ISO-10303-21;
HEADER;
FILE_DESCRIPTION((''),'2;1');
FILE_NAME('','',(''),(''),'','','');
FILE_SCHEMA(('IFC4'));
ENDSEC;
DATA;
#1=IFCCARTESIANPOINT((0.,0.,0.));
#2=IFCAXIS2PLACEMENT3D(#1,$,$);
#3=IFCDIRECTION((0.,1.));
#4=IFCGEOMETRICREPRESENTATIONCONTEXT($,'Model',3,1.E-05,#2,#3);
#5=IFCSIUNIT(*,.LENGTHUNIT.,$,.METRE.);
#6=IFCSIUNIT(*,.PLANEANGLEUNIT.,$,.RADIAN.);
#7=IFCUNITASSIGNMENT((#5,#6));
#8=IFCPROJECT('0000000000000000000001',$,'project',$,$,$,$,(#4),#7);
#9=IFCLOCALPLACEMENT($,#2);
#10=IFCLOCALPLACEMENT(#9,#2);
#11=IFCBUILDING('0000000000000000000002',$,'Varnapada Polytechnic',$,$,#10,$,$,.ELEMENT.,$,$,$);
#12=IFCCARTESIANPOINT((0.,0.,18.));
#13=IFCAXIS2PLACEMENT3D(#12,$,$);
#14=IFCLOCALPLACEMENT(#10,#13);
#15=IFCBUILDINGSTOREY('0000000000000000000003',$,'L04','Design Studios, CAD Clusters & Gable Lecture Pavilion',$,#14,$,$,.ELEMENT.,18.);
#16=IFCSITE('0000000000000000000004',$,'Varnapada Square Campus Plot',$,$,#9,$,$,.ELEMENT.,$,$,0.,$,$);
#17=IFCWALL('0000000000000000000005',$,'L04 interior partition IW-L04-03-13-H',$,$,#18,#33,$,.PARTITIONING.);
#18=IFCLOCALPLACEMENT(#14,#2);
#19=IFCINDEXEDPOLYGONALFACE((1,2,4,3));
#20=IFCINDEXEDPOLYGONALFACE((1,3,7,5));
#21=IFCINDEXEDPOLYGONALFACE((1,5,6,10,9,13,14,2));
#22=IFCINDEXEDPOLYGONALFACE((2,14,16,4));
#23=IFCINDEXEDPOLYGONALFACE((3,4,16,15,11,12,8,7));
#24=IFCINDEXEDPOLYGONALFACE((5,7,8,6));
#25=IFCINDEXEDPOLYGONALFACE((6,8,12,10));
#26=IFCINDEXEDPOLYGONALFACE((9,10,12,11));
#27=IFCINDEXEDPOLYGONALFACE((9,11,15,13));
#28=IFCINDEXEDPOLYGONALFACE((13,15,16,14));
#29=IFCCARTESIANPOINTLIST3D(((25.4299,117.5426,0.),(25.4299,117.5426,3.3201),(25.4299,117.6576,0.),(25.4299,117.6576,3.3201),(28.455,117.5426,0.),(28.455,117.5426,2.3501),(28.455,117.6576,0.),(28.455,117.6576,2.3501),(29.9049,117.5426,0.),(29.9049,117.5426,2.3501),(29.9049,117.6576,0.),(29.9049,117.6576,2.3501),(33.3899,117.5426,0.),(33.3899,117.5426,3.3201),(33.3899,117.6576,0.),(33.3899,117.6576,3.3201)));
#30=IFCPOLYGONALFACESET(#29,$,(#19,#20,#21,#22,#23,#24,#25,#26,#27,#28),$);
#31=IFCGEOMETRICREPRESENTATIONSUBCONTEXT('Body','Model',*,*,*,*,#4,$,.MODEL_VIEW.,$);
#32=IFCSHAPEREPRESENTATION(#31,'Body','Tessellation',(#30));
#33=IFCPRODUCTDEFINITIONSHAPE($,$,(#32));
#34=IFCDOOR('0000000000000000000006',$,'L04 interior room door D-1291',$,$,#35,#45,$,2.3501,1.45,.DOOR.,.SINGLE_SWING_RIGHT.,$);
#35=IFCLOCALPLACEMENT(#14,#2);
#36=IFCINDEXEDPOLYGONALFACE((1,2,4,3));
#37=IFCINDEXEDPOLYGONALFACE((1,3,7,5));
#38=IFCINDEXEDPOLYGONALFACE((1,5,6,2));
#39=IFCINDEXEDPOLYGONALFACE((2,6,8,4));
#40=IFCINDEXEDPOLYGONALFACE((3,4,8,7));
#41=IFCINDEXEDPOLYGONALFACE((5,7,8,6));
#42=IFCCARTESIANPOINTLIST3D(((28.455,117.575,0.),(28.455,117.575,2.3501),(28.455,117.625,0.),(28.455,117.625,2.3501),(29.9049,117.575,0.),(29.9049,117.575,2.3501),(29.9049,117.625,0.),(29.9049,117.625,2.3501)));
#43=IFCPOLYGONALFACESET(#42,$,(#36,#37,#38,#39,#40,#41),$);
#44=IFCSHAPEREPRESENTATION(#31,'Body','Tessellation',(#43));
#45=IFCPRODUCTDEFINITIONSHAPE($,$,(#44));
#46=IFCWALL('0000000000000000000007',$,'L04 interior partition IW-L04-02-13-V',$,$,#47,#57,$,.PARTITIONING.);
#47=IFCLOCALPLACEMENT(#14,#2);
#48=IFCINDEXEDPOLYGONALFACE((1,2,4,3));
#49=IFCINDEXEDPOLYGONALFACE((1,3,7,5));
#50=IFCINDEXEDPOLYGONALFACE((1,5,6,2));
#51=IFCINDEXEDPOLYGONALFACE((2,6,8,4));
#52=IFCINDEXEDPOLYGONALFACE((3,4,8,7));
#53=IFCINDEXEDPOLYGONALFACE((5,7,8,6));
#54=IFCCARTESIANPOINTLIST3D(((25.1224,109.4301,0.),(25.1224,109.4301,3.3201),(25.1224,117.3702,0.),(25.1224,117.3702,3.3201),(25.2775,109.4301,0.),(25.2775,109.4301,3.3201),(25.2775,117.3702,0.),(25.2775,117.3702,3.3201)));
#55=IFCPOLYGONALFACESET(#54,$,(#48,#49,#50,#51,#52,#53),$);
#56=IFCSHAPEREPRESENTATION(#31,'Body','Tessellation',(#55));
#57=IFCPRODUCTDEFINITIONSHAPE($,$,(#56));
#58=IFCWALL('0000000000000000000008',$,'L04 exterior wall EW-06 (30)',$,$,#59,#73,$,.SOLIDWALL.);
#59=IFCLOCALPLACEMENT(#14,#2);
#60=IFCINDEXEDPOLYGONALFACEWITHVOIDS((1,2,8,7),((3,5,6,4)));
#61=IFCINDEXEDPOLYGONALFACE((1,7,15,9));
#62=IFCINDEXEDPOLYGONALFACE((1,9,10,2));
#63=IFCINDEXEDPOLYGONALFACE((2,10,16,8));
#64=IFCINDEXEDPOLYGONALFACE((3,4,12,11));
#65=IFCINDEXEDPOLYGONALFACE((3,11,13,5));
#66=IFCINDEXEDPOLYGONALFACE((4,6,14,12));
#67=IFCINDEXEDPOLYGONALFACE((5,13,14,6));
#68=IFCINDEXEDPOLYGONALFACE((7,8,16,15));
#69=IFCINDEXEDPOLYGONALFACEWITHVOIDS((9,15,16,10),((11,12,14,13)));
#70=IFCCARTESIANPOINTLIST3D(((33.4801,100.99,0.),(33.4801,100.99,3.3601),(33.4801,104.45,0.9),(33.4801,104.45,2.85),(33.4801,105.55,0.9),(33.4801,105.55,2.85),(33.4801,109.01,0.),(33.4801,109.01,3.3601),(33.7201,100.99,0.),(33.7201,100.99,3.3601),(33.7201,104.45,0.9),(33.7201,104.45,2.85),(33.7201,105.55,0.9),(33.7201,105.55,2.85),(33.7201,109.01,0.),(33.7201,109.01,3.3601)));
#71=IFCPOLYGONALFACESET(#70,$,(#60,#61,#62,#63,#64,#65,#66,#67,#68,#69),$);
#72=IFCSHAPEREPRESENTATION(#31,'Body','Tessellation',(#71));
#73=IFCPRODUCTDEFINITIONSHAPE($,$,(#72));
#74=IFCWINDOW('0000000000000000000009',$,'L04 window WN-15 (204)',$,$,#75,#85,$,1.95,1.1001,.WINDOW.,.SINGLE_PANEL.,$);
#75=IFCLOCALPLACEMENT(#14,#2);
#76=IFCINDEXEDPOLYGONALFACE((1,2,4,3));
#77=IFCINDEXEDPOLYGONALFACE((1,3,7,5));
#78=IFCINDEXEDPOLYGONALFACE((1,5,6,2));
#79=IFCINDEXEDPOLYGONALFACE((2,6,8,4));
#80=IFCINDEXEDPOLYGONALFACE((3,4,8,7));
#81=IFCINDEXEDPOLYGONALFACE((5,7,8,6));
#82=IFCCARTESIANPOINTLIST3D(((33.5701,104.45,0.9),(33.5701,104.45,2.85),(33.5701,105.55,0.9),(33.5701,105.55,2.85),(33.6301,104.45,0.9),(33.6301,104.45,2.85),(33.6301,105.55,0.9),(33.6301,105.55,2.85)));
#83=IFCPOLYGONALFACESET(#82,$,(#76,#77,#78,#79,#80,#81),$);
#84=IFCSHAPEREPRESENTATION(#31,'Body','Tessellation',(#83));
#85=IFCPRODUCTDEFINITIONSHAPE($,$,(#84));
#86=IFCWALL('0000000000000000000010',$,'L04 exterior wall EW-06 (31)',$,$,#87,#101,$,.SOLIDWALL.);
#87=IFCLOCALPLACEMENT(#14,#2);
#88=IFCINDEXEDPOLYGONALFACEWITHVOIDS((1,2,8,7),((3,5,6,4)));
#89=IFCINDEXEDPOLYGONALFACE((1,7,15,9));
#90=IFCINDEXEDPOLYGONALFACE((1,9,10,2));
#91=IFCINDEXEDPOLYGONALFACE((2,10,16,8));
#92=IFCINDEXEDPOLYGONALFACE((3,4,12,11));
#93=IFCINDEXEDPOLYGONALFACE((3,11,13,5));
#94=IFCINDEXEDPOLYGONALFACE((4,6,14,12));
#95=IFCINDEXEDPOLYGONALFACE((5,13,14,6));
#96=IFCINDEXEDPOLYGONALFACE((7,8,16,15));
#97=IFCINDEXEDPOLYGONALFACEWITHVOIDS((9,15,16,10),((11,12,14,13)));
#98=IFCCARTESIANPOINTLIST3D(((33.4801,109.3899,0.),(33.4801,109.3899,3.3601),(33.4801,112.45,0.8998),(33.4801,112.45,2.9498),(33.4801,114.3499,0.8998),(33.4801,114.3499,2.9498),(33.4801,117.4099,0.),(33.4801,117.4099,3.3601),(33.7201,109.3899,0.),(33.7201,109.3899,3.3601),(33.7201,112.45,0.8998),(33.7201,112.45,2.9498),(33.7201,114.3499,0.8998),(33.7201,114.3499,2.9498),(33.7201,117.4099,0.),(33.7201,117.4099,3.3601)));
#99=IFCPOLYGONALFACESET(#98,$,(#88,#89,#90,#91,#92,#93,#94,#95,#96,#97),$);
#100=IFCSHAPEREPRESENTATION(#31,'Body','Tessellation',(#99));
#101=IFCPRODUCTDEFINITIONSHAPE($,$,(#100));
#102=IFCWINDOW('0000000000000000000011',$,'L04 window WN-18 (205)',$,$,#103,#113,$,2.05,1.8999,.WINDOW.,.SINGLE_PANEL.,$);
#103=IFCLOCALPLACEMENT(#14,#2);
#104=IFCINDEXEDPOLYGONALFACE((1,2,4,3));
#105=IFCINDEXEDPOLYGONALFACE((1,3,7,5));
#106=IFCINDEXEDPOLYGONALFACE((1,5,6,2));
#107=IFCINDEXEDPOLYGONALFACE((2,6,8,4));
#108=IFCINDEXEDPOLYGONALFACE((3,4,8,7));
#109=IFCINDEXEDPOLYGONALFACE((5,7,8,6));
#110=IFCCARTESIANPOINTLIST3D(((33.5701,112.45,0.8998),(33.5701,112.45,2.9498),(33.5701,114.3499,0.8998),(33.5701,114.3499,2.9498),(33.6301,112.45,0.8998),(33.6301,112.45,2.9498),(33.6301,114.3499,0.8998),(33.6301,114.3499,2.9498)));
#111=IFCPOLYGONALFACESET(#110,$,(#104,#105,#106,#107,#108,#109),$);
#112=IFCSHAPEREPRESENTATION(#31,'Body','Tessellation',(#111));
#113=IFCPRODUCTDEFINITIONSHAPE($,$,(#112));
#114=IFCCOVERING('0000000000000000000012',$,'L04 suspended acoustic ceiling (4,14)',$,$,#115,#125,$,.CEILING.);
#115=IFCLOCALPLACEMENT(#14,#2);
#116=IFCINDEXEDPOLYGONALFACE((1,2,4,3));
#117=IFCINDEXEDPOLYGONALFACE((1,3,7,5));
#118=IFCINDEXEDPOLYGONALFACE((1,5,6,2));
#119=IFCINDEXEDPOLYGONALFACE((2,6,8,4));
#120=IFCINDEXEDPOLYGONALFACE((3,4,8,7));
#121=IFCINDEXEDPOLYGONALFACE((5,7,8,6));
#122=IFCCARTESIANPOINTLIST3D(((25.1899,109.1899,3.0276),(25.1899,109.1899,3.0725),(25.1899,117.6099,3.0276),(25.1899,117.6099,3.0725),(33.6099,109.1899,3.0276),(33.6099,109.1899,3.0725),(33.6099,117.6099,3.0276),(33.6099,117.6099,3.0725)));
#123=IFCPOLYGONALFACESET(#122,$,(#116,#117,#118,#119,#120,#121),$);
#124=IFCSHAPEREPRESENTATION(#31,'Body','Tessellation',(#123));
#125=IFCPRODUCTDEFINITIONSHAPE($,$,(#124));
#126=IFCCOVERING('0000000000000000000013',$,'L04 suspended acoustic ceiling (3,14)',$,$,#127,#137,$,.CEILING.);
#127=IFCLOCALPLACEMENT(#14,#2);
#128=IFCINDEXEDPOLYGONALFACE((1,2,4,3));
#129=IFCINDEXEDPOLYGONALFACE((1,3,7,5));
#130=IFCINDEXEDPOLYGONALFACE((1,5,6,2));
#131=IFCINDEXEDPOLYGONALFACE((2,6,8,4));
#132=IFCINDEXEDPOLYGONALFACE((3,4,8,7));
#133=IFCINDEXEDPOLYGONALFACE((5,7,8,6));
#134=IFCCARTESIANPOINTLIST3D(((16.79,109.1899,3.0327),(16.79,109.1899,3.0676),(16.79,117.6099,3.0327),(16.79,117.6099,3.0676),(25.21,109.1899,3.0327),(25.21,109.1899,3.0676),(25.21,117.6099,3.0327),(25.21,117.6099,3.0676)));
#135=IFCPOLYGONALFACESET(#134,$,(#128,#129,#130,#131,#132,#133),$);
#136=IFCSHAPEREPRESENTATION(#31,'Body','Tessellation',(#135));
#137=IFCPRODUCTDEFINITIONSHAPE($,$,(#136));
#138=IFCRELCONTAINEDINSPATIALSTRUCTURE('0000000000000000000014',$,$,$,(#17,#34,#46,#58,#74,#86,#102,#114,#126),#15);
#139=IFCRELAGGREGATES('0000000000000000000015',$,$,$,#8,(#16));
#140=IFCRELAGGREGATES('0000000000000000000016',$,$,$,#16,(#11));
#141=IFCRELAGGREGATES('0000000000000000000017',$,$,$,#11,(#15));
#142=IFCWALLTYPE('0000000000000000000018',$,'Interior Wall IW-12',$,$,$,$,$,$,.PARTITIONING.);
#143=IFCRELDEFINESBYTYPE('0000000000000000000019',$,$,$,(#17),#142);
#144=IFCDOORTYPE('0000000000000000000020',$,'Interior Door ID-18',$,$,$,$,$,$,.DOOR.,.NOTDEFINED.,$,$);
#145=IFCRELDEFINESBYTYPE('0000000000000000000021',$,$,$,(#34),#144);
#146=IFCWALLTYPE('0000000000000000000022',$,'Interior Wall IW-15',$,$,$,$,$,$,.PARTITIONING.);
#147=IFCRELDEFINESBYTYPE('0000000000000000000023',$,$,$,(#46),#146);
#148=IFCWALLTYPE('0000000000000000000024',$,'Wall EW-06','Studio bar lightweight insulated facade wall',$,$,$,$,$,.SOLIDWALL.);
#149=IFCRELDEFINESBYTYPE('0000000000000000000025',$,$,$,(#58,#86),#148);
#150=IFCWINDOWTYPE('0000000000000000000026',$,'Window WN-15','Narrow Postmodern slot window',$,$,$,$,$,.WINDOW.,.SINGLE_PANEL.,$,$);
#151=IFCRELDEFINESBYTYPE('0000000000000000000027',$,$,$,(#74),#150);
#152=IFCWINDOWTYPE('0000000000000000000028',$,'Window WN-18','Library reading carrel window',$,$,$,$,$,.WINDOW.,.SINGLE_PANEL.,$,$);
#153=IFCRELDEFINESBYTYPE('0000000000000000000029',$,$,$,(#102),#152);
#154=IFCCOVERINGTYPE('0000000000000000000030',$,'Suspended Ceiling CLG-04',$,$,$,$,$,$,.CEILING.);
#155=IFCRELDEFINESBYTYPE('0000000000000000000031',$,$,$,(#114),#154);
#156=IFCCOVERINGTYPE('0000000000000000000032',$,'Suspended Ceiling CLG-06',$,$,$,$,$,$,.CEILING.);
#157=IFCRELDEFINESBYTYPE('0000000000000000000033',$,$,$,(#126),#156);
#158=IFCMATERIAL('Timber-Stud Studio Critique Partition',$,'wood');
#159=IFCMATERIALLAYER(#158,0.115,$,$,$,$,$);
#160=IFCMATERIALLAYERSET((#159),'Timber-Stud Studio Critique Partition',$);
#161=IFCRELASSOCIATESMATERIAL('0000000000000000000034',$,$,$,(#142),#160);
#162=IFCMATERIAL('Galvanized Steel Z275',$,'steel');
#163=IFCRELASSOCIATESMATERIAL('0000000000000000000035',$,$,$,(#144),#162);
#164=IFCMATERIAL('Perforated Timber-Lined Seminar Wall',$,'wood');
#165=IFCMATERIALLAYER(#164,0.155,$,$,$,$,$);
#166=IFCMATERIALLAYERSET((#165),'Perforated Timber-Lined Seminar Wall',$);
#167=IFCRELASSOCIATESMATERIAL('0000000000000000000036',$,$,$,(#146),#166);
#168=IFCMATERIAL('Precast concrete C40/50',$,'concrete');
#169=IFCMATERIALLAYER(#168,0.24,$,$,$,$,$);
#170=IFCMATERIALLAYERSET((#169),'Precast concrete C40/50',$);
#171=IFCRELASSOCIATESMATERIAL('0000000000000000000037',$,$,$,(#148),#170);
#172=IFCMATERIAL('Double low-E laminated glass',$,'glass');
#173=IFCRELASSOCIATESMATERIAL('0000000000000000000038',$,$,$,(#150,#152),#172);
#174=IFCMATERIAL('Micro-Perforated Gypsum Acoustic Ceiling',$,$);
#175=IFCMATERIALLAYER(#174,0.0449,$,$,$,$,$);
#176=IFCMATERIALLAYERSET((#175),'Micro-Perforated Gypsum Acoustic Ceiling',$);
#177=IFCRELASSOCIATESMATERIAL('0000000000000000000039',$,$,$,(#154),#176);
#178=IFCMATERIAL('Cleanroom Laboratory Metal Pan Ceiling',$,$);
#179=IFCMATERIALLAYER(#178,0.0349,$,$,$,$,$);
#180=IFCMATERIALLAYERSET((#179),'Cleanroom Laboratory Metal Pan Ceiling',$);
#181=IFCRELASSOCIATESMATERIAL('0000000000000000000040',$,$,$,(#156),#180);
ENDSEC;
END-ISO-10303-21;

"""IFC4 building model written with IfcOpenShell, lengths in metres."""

from ifc_helpers import new_model, si_unit, direction, frame, frame_2d, origin, origin_2d, place, context, subcontext, project, spatial, rectangle, extrude, material, layer, layer_set, type_object, element, fill, save


model = new_model("IFC4")

# Units and contexts
model_context = context("Model", 3, precision=1e-05, world=origin(), true_north=direction((0.0, 1.0)))
body_context = subcontext(model_context, "Body", "Model", "MODEL_VIEW")
ifc_project = project(units=[si_unit("LENGTHUNIT", "METRE"), si_unit("PLANEANGLEUNIT", "RADIAN")], contexts=[model_context])

# Site, building, storey
site_placement = place(None, origin())
site = spatial("IfcSite", under=ifc_project, at=site_placement, Name="Varnapada Square Campus Plot", CompositionType="ELEMENT", RefElevation=0.0)
building_placement = place(site_placement, origin())
building = spatial("IfcBuilding", under=site, at=building_placement, Name="Varnapada Polytechnic", CompositionType="ELEMENT")
storey_placement = place(building_placement, frame((0.0, 0.0, 18.0)))
storey = spatial("IfcBuildingStorey", under=building, at=storey_placement, Name="L04", Description="Design Studios, CAD Clusters & Gable Lecture Pavilion", CompositionType="ELEMENT", Elevation=18.0)

# Wall, opening, door
ifc_material_1 = material(Name="Timber-Stud Studio Critique Partition", Category="wood")
ifc_layer_1 = layer(ifc_material_1, 0.115)
ifc_layer_set_1 = layer_set([ifc_layer_1], Name="Timber-Stud Studio Critique Partition")
wall_type_1 = type_object("IfcWallType", Name="Interior Wall IW-12", PredefinedType="PARTITIONING", material=ifc_layer_set_1)
wall_1_placement = place(storey_placement, frame((25.4299, 117.6001, 0.0), z_axis=(0.0, 0.0, 1.0), x_axis=(1.0, 0.0, 0.0)))
wall_1 = element("IfcWall", 1, at=wall_1_placement, inside=storey, type_object=wall_type_1, Name="L04 interior partition IW-L04-03-13-H", PredefinedType="PARTITIONING", context=body_context, shape_type="SweptSolid", body=[
    extrude(rectangle(XDim=7.96, YDim=0.115, at=frame_2d((3.98, 0.0))), origin(), (0.0, 0.0, 1.0), 3.3201),
])
opening_1_placement = place(wall_1_placement, frame((3.0249, 0.0, 0.0)))
opening_1 = element("IfcOpeningElement", 2, at=opening_1_placement, cuts=wall_1, PredefinedType="OPENING", context=body_context, shape_type="SweptSolid", body=[
    extrude(rectangle(XDim=1.45, YDim=2.3501, at=frame_2d((0.7251, 1.175))), frame((0.0, 0.0674, 0.0), z_axis=(0.0, -1.0, 0.0), x_axis=(1.0, 0.0, 0.0)), (0.0, 0.0, 1.0), 0.135),
])
ifc_material_2 = material(Name="Galvanized Steel Z275", Category="steel")
door_type_1 = type_object("IfcDoorType", Name="Interior Door ID-18", OperationType="NOTDEFINED", PredefinedType="DOOR", material=ifc_material_2)
door_1_placement = place(opening_1_placement, origin())
door_1 = element("IfcDoor", 3, at=door_1_placement, inside=storey, type_object=door_type_1, Name="L04 interior room door D-1291", OperationType="SINGLE_SWING_RIGHT", OverallHeight=2.3501, OverallWidth=1.45, PredefinedType="DOOR", context=body_context, shape_type="SweptSolid", body=[
    extrude(rectangle(XDim=1.45, YDim=2.3501, at=frame_2d((0.7251, 1.175))), frame((0.0, 0.0249, 0.0), z_axis=(0.0, -1.0, 0.0), x_axis=(1.0, 0.0, 0.0)), (0.0, 0.0, 1.0), 0.05),
])
fill(opening_1, door_1)

# Wall
ifc_material_3 = material(Name="Perforated Timber-Lined Seminar Wall", Category="wood")
ifc_layer_2 = layer(ifc_material_3, 0.155)
ifc_layer_set_2 = layer_set([ifc_layer_2], Name="Perforated Timber-Lined Seminar Wall")
wall_type_2 = type_object("IfcWallType", Name="Interior Wall IW-15", PredefinedType="PARTITIONING", material=ifc_layer_set_2)
wall_2_placement = place(storey_placement, frame((25.2, 109.4299, 0.0), z_axis=(0.0, 0.0, 1.0), x_axis=(0.0, 1.0, 0.0)))
element("IfcWall", 4, at=wall_2_placement, inside=storey, type_object=wall_type_2, Name="L04 interior partition IW-L04-02-13-V", PredefinedType="PARTITIONING", context=body_context, shape_type="SweptSolid", body=[
    extrude(rectangle(XDim=7.9402, YDim=0.155, at=frame_2d((3.9702, 0.0))), origin(), (0.0, 0.0, 1.0), 3.3201),
])

# Walls, openings, windows
ifc_material_4 = material(Name="Precast concrete C40/50", Category="concrete")
ifc_layer_3 = layer(ifc_material_4, 0.24)
ifc_layer_set_3 = layer_set([ifc_layer_3], Name="Precast concrete C40/50")
wall_type_3 = type_object("IfcWallType", Name="Wall EW-06", Description="Studio bar lightweight insulated facade wall", PredefinedType="SOLIDWALL", material=ifc_layer_set_3)
wall_3_placement = place(storey_placement, frame((33.6001, 109.01, 0.0), z_axis=(0.0, 0.0, 1.0), x_axis=(0.0, -1.0, 0.0)))
wall_3 = element("IfcWall", 5, at=wall_3_placement, inside=storey, type_object=wall_type_3, Name="L04 exterior wall EW-06 (30)", PredefinedType="SOLIDWALL", context=body_context, shape_type="SweptSolid", body=[
    extrude(rectangle(XDim=8.02, YDim=0.24, at=frame_2d((4.01, 0.0))), origin(), (0.0, 0.0, 1.0), 3.3601),
])
opening_2_placement = place(wall_3_placement, frame((3.46, 0.0, 0.8999)))
opening_2 = element("IfcOpeningElement", 6, at=opening_2_placement, cuts=wall_3, PredefinedType="OPENING", context=body_context, shape_type="SweptSolid", body=[
    extrude(rectangle(XDim=1.1001, YDim=1.95, at=frame_2d((0.55, 0.9751))), frame((0.0, 0.1299, 0.0), z_axis=(0.0, -1.0, 0.0), x_axis=(1.0, 0.0, 0.0)), (0.0, 0.0, 1.0), 0.26),
])
ifc_material_5 = material(Name="Double low-E laminated glass", Category="glass")
window_type_1 = type_object("IfcWindowType", Name="Window WN-15", Description="Narrow Postmodern slot window", PartitioningType="SINGLE_PANEL", PredefinedType="WINDOW", material=ifc_material_5)
window_1_placement = place(opening_2_placement, origin())
window_1 = element("IfcWindow", 7, at=window_1_placement, inside=storey, type_object=window_type_1, Name="L04 window WN-15 (204)", OverallHeight=1.95, OverallWidth=1.1001, PartitioningType="SINGLE_PANEL", PredefinedType="WINDOW", context=body_context, shape_type="SweptSolid", body=[
    extrude(rectangle(XDim=1.1001, YDim=1.95, at=frame_2d((0.55, 0.9751))), frame((0.0, 0.03, 0.0), z_axis=(0.0, -1.0, 0.0), x_axis=(1.0, 0.0, 0.0)), (0.0, 0.0, 1.0), 0.0601),
])
fill(opening_2, window_1)
wall_4_placement = place(storey_placement, frame((33.6001, 117.4099, 0.0), z_axis=(0.0, 0.0, 1.0), x_axis=(0.0, -1.0, 0.0)))
wall_4 = element("IfcWall", 8, at=wall_4_placement, inside=storey, type_object=wall_type_3, Name="L04 exterior wall EW-06 (31)", PredefinedType="SOLIDWALL", context=body_context, shape_type="SweptSolid", body=[
    extrude(rectangle(XDim=8.02, YDim=0.24, at=frame_2d((4.01, 0.0))), origin(), (0.0, 0.0, 1.0), 3.3601),
])
opening_3_placement = place(wall_4_placement, frame((3.0601, 0.0, 0.8999)))
opening_3 = element("IfcOpeningElement", 9, at=opening_3_placement, cuts=wall_4, PredefinedType="OPENING", context=body_context, shape_type="SweptSolid", body=[
    extrude(rectangle(XDim=1.8999, YDim=2.05, at=frame_2d((0.95, 1.0249))), frame((0.0, 0.1299, 0.0), z_axis=(0.0, -1.0, 0.0), x_axis=(1.0, 0.0, 0.0)), (0.0, 0.0, 1.0), 0.26),
])
window_type_2 = type_object("IfcWindowType", Name="Window WN-18", Description="Library reading carrel window", PartitioningType="SINGLE_PANEL", PredefinedType="WINDOW", material=ifc_material_5)
window_2_placement = place(opening_3_placement, origin())
window_2 = element("IfcWindow", 10, at=window_2_placement, inside=storey, type_object=window_type_2, Name="L04 window WN-18 (205)", OverallHeight=2.05, OverallWidth=1.8999, PartitioningType="SINGLE_PANEL", PredefinedType="WINDOW", context=body_context, shape_type="SweptSolid", body=[
    extrude(rectangle(XDim=1.8999, YDim=2.05, at=frame_2d((0.95, 1.0249))), frame((0.0, 0.03, 0.0), z_axis=(0.0, -1.0, 0.0), x_axis=(1.0, 0.0, 0.0)), (0.0, 0.0, 1.0), 0.0601),
])
fill(opening_3, window_2)

# Coverings
ifc_material_6 = material(Name="Micro-Perforated Gypsum Acoustic Ceiling")
ifc_layer_4 = layer(ifc_material_6, 0.0449)
ifc_layer_set_4 = layer_set([ifc_layer_4], Name="Micro-Perforated Gypsum Acoustic Ceiling")
covering_type_1 = type_object("IfcCoveringType", Name="Suspended Ceiling CLG-04", PredefinedType="CEILING", material=ifc_layer_set_4)
covering_1_placement = place(storey_placement, frame((29.3999, 113.3999, 3.0276), z_axis=(0.0, 0.0, 1.0), x_axis=(1.0, 0.0, 0.0)))
element("IfcCovering", 11, at=covering_1_placement, inside=storey, type_object=covering_type_1, Name="L04 suspended acoustic ceiling (4,14)", PredefinedType="CEILING", context=body_context, shape_type="SweptSolid", body=[
    extrude(rectangle(XDim=8.4199, YDim=8.4199, at=origin_2d()), origin(), (0.0, 0.0, 1.0), 0.0449),
])
ifc_material_7 = material(Name="Cleanroom Laboratory Metal Pan Ceiling")
ifc_layer_5 = layer(ifc_material_7, 0.0349)
ifc_layer_set_5 = layer_set([ifc_layer_5], Name="Cleanroom Laboratory Metal Pan Ceiling")
covering_type_2 = type_object("IfcCoveringType", Name="Suspended Ceiling CLG-06", PredefinedType="CEILING", material=ifc_layer_set_5)
covering_2_placement = place(storey_placement, frame((21.0, 113.3999, 3.0327), z_axis=(0.0, 0.0, 1.0), x_axis=(1.0, 0.0, 0.0)))
element("IfcCovering", 12, at=covering_2_placement, inside=storey, type_object=covering_type_2, Name="L04 suspended acoustic ceiling (3,14)", PredefinedType="CEILING", context=body_context, shape_type="SweptSolid", body=[
    extrude(rectangle(XDim=8.4199, YDim=8.4199, at=origin_2d()), origin(), (0.0, 0.0, 1.0), 0.0349),
])

save(model, "model.ifc")
